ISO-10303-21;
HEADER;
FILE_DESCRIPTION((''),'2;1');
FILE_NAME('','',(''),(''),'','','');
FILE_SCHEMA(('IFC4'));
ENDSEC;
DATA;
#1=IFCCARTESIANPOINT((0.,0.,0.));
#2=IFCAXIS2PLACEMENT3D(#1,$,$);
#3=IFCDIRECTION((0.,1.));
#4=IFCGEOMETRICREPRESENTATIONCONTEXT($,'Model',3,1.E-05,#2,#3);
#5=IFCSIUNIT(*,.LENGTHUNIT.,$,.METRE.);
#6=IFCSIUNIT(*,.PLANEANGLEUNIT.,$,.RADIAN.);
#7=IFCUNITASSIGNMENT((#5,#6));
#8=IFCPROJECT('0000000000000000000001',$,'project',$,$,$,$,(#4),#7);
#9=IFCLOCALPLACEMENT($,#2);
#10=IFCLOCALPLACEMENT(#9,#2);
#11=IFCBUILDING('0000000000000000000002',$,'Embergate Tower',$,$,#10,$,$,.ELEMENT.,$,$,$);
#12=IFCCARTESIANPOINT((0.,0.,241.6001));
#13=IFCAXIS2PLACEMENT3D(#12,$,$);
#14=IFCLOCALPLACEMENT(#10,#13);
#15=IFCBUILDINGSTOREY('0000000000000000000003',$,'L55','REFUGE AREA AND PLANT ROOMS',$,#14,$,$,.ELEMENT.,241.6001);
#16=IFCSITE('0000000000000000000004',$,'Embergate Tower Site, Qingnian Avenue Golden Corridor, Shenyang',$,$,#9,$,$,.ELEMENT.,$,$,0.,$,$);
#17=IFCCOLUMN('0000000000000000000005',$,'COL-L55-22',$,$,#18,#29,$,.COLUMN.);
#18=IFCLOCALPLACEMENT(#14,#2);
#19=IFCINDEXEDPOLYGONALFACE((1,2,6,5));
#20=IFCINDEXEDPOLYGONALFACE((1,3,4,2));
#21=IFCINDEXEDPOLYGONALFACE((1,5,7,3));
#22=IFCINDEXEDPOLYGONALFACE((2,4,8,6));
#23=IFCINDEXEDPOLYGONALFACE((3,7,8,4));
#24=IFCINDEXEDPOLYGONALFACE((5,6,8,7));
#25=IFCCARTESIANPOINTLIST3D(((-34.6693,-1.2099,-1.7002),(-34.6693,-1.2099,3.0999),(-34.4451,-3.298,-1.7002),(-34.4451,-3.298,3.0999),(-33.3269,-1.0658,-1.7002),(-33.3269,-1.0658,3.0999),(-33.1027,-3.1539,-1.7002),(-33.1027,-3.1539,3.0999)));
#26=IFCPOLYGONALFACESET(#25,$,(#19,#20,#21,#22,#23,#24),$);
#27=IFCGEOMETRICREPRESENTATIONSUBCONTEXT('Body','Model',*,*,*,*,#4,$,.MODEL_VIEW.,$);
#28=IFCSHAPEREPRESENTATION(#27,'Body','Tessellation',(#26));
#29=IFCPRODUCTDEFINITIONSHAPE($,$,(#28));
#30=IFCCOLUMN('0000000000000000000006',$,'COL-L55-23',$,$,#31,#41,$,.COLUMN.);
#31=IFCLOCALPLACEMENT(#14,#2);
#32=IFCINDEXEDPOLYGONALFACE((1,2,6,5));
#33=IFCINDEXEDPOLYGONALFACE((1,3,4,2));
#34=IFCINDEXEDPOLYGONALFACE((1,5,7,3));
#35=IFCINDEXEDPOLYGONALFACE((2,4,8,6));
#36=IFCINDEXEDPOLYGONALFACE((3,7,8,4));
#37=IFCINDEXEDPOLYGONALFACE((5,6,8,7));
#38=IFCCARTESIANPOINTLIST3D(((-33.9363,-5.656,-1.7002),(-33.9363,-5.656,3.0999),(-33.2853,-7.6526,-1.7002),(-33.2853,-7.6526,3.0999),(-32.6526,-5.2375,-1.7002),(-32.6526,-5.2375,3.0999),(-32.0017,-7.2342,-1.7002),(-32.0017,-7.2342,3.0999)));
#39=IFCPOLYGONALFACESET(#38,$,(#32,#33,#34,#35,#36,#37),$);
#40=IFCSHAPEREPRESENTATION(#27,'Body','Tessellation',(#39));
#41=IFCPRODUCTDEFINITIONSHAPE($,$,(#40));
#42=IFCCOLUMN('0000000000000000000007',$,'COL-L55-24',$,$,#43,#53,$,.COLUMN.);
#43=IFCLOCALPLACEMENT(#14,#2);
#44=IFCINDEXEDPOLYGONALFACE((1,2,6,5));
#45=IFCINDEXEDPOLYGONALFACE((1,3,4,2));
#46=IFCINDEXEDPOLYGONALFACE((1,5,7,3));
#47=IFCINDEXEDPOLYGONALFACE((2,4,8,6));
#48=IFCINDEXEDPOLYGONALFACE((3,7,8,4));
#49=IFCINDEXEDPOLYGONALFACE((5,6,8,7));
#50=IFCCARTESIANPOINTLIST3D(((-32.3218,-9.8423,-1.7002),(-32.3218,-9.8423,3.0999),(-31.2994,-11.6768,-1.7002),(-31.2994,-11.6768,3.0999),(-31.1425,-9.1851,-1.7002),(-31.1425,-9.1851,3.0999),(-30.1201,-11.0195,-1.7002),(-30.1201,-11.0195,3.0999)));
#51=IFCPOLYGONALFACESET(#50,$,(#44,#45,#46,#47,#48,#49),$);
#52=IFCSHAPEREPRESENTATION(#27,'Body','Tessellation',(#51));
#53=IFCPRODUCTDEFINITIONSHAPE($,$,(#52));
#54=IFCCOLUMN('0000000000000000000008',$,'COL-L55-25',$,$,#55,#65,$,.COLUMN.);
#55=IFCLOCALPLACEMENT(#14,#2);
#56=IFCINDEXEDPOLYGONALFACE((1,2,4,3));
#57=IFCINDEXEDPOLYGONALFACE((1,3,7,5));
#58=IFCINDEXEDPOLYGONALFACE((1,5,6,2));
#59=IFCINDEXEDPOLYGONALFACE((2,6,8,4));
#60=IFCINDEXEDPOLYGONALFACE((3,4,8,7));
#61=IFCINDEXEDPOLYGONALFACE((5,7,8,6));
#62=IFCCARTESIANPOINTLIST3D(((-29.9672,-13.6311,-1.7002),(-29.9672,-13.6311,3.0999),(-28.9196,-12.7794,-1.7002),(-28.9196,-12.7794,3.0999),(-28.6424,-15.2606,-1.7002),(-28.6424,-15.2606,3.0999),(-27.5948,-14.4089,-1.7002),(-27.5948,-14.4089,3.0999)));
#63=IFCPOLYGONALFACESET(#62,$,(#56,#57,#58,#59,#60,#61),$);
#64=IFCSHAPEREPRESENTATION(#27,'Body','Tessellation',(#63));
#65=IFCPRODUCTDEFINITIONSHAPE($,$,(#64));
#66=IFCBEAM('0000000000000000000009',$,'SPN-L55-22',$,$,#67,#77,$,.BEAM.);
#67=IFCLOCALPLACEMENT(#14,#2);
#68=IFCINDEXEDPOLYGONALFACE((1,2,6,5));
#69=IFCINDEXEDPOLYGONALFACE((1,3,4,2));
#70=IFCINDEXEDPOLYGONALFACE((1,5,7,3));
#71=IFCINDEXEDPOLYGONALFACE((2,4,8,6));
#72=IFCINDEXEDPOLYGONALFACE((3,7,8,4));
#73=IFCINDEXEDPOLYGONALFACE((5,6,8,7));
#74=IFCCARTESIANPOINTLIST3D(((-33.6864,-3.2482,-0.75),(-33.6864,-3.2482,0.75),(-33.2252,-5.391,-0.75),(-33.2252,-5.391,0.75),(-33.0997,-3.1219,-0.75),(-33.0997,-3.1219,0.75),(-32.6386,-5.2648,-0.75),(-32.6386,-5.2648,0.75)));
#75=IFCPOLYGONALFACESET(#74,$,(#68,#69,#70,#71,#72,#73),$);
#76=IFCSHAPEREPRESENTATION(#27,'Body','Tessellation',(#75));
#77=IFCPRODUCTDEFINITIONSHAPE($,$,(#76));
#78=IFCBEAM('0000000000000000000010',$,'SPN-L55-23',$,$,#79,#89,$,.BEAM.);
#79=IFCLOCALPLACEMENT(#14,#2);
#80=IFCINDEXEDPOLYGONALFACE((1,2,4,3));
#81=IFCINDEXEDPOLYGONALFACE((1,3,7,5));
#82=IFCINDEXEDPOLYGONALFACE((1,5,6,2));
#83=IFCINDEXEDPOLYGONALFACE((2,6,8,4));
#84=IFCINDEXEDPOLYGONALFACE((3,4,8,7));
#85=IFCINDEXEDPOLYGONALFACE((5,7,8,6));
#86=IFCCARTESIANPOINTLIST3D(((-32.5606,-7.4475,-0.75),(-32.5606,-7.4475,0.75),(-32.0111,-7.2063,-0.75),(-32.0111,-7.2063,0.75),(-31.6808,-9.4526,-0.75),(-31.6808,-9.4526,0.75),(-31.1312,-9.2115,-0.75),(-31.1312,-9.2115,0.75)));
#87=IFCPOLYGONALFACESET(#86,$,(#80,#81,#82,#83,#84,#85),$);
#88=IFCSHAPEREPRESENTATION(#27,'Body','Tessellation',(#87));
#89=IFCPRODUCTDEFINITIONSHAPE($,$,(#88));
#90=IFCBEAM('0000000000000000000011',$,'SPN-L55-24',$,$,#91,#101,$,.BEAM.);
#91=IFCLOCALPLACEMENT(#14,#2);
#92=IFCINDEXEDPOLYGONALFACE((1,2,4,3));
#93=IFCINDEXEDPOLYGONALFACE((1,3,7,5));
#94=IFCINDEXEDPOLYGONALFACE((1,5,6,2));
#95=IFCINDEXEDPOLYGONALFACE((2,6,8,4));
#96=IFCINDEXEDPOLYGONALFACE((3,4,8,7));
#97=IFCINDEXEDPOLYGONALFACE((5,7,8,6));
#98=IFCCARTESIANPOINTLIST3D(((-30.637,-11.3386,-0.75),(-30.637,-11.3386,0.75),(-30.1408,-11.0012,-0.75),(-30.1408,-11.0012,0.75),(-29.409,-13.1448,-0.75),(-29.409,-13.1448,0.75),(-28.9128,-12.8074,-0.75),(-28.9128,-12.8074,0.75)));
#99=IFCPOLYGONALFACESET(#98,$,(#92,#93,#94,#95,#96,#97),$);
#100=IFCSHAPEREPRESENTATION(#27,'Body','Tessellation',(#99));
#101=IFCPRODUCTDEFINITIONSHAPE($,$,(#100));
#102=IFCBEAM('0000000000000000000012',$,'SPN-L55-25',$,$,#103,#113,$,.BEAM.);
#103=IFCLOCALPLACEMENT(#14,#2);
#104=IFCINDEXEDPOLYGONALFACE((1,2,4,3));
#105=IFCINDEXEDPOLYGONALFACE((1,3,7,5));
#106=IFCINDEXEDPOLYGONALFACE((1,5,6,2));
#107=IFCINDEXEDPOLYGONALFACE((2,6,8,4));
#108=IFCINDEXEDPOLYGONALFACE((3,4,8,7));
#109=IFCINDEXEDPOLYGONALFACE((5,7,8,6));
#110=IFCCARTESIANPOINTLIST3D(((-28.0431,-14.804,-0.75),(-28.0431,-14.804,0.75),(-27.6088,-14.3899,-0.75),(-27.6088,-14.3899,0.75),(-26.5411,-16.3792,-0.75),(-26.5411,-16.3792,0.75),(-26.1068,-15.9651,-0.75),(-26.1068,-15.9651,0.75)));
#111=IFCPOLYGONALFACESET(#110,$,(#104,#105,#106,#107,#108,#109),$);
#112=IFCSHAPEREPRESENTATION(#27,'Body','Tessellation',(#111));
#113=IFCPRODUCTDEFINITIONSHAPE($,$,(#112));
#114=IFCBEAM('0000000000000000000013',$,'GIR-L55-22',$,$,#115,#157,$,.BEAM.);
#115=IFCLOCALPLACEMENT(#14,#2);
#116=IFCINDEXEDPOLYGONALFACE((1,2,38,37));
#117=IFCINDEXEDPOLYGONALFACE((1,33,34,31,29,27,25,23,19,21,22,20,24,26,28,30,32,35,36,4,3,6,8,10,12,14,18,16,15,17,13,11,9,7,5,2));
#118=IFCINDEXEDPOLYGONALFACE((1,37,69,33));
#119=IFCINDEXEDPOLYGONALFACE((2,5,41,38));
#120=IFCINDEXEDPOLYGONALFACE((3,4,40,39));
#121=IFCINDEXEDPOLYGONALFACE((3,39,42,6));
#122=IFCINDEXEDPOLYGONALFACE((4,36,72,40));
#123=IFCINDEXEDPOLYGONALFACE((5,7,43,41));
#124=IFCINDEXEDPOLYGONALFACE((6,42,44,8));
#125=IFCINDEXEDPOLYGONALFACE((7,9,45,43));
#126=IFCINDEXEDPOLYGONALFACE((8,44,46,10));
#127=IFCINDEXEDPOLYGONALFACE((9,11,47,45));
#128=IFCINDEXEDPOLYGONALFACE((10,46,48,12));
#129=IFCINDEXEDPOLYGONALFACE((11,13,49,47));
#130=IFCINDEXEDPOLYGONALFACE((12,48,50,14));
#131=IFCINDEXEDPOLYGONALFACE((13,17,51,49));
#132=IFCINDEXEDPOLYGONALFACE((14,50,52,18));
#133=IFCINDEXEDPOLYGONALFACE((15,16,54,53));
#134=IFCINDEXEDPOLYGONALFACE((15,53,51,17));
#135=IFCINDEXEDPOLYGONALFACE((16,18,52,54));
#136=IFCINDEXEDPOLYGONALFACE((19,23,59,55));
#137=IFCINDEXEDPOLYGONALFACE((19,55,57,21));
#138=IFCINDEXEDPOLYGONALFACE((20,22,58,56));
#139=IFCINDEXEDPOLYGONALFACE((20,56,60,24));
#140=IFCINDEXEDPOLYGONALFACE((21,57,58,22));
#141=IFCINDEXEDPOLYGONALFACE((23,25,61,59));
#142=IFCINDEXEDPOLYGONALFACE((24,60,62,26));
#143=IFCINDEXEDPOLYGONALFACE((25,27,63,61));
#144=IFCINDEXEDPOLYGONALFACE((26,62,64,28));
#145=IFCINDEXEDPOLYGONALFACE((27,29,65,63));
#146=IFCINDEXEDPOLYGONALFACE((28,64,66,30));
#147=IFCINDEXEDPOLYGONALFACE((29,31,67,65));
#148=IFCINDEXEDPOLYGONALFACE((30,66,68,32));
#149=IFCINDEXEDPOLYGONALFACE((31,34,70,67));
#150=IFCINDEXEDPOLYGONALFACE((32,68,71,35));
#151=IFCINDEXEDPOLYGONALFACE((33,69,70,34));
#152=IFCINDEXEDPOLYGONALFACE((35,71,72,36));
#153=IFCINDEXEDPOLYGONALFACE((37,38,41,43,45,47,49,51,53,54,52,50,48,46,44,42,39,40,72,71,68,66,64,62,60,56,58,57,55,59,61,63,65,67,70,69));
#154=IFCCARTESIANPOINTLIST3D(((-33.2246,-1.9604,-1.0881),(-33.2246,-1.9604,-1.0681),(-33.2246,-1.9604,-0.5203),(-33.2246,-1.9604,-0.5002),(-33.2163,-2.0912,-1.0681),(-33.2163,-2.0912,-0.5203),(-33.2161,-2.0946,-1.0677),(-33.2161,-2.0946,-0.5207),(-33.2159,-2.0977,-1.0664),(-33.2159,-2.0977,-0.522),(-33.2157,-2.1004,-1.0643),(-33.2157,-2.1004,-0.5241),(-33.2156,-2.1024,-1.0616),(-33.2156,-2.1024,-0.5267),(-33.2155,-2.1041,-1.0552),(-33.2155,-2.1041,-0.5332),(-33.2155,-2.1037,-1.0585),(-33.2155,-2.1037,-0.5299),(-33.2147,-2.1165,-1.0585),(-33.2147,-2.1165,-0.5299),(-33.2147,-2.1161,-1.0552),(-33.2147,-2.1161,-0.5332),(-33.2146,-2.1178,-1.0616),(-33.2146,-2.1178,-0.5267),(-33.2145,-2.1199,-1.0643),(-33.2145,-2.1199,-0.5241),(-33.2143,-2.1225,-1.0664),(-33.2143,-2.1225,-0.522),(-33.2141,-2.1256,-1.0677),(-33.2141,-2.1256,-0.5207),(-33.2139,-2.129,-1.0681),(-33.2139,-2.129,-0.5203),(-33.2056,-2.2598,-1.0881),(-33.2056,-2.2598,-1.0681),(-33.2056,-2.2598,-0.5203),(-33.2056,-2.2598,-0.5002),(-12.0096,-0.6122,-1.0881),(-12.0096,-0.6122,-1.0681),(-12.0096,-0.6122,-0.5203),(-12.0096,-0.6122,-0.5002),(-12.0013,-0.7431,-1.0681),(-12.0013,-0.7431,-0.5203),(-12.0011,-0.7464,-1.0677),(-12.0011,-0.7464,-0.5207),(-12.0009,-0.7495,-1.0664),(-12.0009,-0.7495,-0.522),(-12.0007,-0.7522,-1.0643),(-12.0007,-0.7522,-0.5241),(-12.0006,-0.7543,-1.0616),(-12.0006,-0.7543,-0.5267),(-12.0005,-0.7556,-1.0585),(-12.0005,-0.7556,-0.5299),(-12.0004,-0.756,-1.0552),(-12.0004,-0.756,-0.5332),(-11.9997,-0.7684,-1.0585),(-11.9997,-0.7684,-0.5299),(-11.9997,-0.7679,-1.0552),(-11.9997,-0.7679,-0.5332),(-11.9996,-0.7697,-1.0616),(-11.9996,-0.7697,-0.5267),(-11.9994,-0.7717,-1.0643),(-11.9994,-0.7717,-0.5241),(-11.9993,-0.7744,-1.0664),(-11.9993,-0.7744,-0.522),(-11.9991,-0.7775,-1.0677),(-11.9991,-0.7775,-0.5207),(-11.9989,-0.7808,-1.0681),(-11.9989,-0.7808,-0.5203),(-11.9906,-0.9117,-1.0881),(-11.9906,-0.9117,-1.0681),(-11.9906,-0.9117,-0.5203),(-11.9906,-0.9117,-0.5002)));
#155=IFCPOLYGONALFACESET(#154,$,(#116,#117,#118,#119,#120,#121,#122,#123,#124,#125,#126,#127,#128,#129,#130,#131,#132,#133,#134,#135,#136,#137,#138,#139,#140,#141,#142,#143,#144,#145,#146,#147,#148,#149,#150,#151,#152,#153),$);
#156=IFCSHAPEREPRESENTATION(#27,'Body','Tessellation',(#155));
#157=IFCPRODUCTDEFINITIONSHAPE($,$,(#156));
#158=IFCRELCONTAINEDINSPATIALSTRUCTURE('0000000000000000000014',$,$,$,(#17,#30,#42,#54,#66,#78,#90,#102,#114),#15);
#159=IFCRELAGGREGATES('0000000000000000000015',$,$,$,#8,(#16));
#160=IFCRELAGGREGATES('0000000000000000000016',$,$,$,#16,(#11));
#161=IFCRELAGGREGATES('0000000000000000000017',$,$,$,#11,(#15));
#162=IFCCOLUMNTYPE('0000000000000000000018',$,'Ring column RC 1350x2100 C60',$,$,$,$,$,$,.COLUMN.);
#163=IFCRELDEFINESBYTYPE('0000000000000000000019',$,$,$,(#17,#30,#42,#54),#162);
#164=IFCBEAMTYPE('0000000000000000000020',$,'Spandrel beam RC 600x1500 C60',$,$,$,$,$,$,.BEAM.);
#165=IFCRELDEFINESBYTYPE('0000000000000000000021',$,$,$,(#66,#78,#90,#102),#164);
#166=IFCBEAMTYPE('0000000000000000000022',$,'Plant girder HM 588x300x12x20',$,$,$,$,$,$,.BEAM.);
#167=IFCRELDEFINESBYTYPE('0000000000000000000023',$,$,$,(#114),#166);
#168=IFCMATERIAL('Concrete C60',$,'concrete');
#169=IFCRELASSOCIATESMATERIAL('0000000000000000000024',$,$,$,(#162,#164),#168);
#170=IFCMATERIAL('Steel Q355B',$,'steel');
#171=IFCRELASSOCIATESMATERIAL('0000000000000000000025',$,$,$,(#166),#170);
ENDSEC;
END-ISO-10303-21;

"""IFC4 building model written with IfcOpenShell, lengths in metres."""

from ifc_helpers import new_model, si_unit, direction, frame, origin, origin_2d, place, context, subcontext, project, spatial, rectangle, i_section, extrude, source, transform, mapped, material, material_profile, profile_set, type_object, element, save


model = new_model("IFC4")

# Units and contexts
model_context = context("Model", 3, precision=1e-05, world=origin(), true_north=direction((0.0, 1.0)))
body_context = subcontext(model_context, "Body", "Model", "MODEL_VIEW")
ifc_project = project(units=[si_unit("LENGTHUNIT", "METRE"), si_unit("PLANEANGLEUNIT", "RADIAN")], contexts=[model_context])

# Site, building, storey
site_placement = place(None, origin())
site = spatial("IfcSite", under=ifc_project, at=site_placement, Name="Embergate Tower Site, Qingnian Avenue Golden Corridor, Shenyang", CompositionType="ELEMENT", RefElevation=0.0)
building_placement = place(site_placement, origin())
building = spatial("IfcBuilding", under=site, at=building_placement, Name="Embergate Tower", CompositionType="ELEMENT")
storey_placement = place(building_placement, frame((0.0, 0.0, 241.6001)))
storey = spatial("IfcBuildingStorey", under=building, at=storey_placement, Name="L55", Description="REFUGE AREA AND PLANT ROOMS", CompositionType="ELEMENT", Elevation=241.6001)

# Columns
ifc_material_1 = material(Name="Concrete C60", Category="concrete")
ifc_material_profile_1 = material_profile(ifc_material_1, rectangle(XDim=1.3501, YDim=2.1001, at=origin_2d()), Name="RC 1350x2100")
ifc_profile_set_1 = profile_set([ifc_material_profile_1], Name="Concrete C60")
column_type = type_object("IfcColumnType", Name="Ring column RC 1350x2100 C60", PredefinedType="COLUMN", material=ifc_profile_set_1)
shared_shape_1 = source(origin(), body_context, "Body", "SweptSolid", [
    extrude(rectangle(XDim=1.3501, YDim=2.1001, at=origin_2d()), origin(), (0.0, 0.0, 1.0), 4.8),
])
for number, where, z_axis, x_axis, name in (
    (1, (-33.886, -2.1819, -1.7002), (0.0, 0.0, 1.0), (-0.994286, -0.10675, 0.0), "COL-L55-22"),
    (2, (-32.969, -6.4451, -1.7002), (0.0, 0.0, 1.0), (-0.950754, -0.309946, 0.0), "COL-L55-23"),
    (3, (-31.2209, -10.4309, -1.7002), (0.0, 0.0, 1.0), (-0.873492, -0.486839, 0.0), "COL-L55-24"),
    (4, (-28.781, -14.02, -1.7002), (0.0, 0.0, 1.0), (-0.775925, -0.630825, 0.0), "COL-L55-25"),
):
    element("IfcColumn", number, at=place(storey_placement, frame(where, z_axis=z_axis, x_axis=x_axis)), inside=storey, type_object=column_type, Name=name, PredefinedType="COLUMN", context=body_context, shape_type="MappedRepresentation", body=[
        mapped(shared_shape_1, transform((0.0, 0.0, 0.0))),
    ])

# Beams
ifc_material_profile_2 = material_profile(ifc_material_1, rectangle(XDim=0.6001, YDim=1.5, at=origin_2d()), Name="RC 600x1500")
ifc_profile_set_2 = profile_set([ifc_material_profile_2], Name="Concrete C60")
beam_type_1 = type_object("IfcBeamType", Name="Spandrel beam RC 600x1500 C60", PredefinedType="BEAM", material=ifc_profile_set_2)
shared_shape_2 = source(origin(), body_context, "Body", "SweptSolid", [
    extrude(rectangle(XDim=0.6001, YDim=1.5, at=origin_2d()), origin(), (0.0, 0.0, 1.0), 2.1919),
])
beam_1_placement = place(storey_placement, frame((-33.3931, -3.1851, 0.0), z_axis=(0.210404, -0.977615, 0.0), x_axis=(0.977615, 0.210404, 0.0)))
element("IfcBeam", 5, at=beam_1_placement, inside=storey, type_object=beam_type_1, Name="SPN-L55-22", PredefinedType="BEAM", context=body_context, shape_type="MappedRepresentation", body=[
    mapped(shared_shape_2, transform((0.0, 0.0, 0.0))),
])
shared_shape_3 = source(origin(), body_context, "Body", "SweptSolid", [
    extrude(rectangle(XDim=0.6001, YDim=1.5, at=origin_2d()), origin(), (0.0, 0.0, 1.0), 2.1897),
])
beam_2_placement = place(storey_placement, frame((-32.2859, -7.3269, 0.0), z_axis=(0.40183, -0.915714, 0.0), x_axis=(0.915714, 0.40183, 0.0)))
element("IfcBeam", 6, at=beam_2_placement, inside=storey, type_object=beam_type_1, Name="SPN-L55-23", PredefinedType="BEAM", context=body_context, shape_type="MappedRepresentation", body=[
    mapped(shared_shape_3, transform((0.0, 0.0, 0.0))),
])
shared_shape_4 = source(origin(), body_context, "Body", "SweptSolid", [
    extrude(rectangle(XDim=0.6001, YDim=1.5, at=origin_2d()), origin(), (0.0, 0.0, 1.0), 2.1841),
])
beam_3_placement = place(storey_placement, frame((-30.3889, -11.1699, 0.0), z_axis=(0.562261, -0.82696, 0.0), x_axis=(0.82696, 0.562261, 0.0)))
element("IfcBeam", 7, at=beam_3_placement, inside=storey, type_object=beam_type_1, Name="SPN-L55-24", PredefinedType="BEAM", context=body_context, shape_type="MappedRepresentation", body=[
    mapped(shared_shape_4, transform((0.0, 0.0, 0.0))),
])
shared_shape_5 = source(origin(), body_context, "Body", "SweptSolid", [
    extrude(rectangle(XDim=0.6001, YDim=1.5, at=origin_2d()), origin(), (0.0, 0.0, 1.0), 2.1765),
])
beam_4_placement = place(storey_placement, frame((-27.8259, -14.5969, 0.0), z_axis=(0.690081, -0.723732, 0.0), x_axis=(0.723732, 0.690081, 0.0)))
element("IfcBeam", 8, at=beam_4_placement, inside=storey, type_object=beam_type_1, Name="SPN-L55-25", PredefinedType="BEAM", context=body_context, shape_type="MappedRepresentation", body=[
    mapped(shared_shape_5, transform((0.0, 0.0, 0.0))),
])
ifc_material_2 = material(Name="Steel Q355B", Category="steel")
ifc_material_profile_3 = material_profile(ifc_material_2, i_section(OverallWidth=0.3, OverallDepth=0.5879, WebThickness=0.012, FlangeThickness=0.02, FilletRadius=0.0129, at=origin_2d()), Name="HM 588x300x12x20")
ifc_profile_set_3 = profile_set([ifc_material_profile_3], Name="Steel Q355 grade B")
beam_type_2 = type_object("IfcBeamType", Name="Plant girder HM 588x300x12x20", PredefinedType="BEAM", material=ifc_profile_set_3)
shared_shape_6 = source(origin(), body_context, "Body", "SweptSolid", [
    extrude(i_section(OverallWidth=0.3, OverallDepth=0.5879, WebThickness=0.012, FlangeThickness=0.02, FilletRadius=0.0129, at=origin_2d()), origin(), (0.0, 0.0, 1.0), 21.2578),
])
beam_5_placement = place(storey_placement, frame((-33.2151, -2.1101, -0.7942), z_axis=(0.997987, 0.063419, 0.0), x_axis=(-0.063419, 0.997987, 0.0)))
element("IfcBeam", 9, at=beam_5_placement, inside=storey, type_object=beam_type_2, Name="GIR-L55-22", PredefinedType="BEAM", context=body_context, shape_type="MappedRepresentation", body=[
    mapped(shared_shape_6, transform((0.0, 0.0, 0.0))),
])

save(model, "model.ifc")
